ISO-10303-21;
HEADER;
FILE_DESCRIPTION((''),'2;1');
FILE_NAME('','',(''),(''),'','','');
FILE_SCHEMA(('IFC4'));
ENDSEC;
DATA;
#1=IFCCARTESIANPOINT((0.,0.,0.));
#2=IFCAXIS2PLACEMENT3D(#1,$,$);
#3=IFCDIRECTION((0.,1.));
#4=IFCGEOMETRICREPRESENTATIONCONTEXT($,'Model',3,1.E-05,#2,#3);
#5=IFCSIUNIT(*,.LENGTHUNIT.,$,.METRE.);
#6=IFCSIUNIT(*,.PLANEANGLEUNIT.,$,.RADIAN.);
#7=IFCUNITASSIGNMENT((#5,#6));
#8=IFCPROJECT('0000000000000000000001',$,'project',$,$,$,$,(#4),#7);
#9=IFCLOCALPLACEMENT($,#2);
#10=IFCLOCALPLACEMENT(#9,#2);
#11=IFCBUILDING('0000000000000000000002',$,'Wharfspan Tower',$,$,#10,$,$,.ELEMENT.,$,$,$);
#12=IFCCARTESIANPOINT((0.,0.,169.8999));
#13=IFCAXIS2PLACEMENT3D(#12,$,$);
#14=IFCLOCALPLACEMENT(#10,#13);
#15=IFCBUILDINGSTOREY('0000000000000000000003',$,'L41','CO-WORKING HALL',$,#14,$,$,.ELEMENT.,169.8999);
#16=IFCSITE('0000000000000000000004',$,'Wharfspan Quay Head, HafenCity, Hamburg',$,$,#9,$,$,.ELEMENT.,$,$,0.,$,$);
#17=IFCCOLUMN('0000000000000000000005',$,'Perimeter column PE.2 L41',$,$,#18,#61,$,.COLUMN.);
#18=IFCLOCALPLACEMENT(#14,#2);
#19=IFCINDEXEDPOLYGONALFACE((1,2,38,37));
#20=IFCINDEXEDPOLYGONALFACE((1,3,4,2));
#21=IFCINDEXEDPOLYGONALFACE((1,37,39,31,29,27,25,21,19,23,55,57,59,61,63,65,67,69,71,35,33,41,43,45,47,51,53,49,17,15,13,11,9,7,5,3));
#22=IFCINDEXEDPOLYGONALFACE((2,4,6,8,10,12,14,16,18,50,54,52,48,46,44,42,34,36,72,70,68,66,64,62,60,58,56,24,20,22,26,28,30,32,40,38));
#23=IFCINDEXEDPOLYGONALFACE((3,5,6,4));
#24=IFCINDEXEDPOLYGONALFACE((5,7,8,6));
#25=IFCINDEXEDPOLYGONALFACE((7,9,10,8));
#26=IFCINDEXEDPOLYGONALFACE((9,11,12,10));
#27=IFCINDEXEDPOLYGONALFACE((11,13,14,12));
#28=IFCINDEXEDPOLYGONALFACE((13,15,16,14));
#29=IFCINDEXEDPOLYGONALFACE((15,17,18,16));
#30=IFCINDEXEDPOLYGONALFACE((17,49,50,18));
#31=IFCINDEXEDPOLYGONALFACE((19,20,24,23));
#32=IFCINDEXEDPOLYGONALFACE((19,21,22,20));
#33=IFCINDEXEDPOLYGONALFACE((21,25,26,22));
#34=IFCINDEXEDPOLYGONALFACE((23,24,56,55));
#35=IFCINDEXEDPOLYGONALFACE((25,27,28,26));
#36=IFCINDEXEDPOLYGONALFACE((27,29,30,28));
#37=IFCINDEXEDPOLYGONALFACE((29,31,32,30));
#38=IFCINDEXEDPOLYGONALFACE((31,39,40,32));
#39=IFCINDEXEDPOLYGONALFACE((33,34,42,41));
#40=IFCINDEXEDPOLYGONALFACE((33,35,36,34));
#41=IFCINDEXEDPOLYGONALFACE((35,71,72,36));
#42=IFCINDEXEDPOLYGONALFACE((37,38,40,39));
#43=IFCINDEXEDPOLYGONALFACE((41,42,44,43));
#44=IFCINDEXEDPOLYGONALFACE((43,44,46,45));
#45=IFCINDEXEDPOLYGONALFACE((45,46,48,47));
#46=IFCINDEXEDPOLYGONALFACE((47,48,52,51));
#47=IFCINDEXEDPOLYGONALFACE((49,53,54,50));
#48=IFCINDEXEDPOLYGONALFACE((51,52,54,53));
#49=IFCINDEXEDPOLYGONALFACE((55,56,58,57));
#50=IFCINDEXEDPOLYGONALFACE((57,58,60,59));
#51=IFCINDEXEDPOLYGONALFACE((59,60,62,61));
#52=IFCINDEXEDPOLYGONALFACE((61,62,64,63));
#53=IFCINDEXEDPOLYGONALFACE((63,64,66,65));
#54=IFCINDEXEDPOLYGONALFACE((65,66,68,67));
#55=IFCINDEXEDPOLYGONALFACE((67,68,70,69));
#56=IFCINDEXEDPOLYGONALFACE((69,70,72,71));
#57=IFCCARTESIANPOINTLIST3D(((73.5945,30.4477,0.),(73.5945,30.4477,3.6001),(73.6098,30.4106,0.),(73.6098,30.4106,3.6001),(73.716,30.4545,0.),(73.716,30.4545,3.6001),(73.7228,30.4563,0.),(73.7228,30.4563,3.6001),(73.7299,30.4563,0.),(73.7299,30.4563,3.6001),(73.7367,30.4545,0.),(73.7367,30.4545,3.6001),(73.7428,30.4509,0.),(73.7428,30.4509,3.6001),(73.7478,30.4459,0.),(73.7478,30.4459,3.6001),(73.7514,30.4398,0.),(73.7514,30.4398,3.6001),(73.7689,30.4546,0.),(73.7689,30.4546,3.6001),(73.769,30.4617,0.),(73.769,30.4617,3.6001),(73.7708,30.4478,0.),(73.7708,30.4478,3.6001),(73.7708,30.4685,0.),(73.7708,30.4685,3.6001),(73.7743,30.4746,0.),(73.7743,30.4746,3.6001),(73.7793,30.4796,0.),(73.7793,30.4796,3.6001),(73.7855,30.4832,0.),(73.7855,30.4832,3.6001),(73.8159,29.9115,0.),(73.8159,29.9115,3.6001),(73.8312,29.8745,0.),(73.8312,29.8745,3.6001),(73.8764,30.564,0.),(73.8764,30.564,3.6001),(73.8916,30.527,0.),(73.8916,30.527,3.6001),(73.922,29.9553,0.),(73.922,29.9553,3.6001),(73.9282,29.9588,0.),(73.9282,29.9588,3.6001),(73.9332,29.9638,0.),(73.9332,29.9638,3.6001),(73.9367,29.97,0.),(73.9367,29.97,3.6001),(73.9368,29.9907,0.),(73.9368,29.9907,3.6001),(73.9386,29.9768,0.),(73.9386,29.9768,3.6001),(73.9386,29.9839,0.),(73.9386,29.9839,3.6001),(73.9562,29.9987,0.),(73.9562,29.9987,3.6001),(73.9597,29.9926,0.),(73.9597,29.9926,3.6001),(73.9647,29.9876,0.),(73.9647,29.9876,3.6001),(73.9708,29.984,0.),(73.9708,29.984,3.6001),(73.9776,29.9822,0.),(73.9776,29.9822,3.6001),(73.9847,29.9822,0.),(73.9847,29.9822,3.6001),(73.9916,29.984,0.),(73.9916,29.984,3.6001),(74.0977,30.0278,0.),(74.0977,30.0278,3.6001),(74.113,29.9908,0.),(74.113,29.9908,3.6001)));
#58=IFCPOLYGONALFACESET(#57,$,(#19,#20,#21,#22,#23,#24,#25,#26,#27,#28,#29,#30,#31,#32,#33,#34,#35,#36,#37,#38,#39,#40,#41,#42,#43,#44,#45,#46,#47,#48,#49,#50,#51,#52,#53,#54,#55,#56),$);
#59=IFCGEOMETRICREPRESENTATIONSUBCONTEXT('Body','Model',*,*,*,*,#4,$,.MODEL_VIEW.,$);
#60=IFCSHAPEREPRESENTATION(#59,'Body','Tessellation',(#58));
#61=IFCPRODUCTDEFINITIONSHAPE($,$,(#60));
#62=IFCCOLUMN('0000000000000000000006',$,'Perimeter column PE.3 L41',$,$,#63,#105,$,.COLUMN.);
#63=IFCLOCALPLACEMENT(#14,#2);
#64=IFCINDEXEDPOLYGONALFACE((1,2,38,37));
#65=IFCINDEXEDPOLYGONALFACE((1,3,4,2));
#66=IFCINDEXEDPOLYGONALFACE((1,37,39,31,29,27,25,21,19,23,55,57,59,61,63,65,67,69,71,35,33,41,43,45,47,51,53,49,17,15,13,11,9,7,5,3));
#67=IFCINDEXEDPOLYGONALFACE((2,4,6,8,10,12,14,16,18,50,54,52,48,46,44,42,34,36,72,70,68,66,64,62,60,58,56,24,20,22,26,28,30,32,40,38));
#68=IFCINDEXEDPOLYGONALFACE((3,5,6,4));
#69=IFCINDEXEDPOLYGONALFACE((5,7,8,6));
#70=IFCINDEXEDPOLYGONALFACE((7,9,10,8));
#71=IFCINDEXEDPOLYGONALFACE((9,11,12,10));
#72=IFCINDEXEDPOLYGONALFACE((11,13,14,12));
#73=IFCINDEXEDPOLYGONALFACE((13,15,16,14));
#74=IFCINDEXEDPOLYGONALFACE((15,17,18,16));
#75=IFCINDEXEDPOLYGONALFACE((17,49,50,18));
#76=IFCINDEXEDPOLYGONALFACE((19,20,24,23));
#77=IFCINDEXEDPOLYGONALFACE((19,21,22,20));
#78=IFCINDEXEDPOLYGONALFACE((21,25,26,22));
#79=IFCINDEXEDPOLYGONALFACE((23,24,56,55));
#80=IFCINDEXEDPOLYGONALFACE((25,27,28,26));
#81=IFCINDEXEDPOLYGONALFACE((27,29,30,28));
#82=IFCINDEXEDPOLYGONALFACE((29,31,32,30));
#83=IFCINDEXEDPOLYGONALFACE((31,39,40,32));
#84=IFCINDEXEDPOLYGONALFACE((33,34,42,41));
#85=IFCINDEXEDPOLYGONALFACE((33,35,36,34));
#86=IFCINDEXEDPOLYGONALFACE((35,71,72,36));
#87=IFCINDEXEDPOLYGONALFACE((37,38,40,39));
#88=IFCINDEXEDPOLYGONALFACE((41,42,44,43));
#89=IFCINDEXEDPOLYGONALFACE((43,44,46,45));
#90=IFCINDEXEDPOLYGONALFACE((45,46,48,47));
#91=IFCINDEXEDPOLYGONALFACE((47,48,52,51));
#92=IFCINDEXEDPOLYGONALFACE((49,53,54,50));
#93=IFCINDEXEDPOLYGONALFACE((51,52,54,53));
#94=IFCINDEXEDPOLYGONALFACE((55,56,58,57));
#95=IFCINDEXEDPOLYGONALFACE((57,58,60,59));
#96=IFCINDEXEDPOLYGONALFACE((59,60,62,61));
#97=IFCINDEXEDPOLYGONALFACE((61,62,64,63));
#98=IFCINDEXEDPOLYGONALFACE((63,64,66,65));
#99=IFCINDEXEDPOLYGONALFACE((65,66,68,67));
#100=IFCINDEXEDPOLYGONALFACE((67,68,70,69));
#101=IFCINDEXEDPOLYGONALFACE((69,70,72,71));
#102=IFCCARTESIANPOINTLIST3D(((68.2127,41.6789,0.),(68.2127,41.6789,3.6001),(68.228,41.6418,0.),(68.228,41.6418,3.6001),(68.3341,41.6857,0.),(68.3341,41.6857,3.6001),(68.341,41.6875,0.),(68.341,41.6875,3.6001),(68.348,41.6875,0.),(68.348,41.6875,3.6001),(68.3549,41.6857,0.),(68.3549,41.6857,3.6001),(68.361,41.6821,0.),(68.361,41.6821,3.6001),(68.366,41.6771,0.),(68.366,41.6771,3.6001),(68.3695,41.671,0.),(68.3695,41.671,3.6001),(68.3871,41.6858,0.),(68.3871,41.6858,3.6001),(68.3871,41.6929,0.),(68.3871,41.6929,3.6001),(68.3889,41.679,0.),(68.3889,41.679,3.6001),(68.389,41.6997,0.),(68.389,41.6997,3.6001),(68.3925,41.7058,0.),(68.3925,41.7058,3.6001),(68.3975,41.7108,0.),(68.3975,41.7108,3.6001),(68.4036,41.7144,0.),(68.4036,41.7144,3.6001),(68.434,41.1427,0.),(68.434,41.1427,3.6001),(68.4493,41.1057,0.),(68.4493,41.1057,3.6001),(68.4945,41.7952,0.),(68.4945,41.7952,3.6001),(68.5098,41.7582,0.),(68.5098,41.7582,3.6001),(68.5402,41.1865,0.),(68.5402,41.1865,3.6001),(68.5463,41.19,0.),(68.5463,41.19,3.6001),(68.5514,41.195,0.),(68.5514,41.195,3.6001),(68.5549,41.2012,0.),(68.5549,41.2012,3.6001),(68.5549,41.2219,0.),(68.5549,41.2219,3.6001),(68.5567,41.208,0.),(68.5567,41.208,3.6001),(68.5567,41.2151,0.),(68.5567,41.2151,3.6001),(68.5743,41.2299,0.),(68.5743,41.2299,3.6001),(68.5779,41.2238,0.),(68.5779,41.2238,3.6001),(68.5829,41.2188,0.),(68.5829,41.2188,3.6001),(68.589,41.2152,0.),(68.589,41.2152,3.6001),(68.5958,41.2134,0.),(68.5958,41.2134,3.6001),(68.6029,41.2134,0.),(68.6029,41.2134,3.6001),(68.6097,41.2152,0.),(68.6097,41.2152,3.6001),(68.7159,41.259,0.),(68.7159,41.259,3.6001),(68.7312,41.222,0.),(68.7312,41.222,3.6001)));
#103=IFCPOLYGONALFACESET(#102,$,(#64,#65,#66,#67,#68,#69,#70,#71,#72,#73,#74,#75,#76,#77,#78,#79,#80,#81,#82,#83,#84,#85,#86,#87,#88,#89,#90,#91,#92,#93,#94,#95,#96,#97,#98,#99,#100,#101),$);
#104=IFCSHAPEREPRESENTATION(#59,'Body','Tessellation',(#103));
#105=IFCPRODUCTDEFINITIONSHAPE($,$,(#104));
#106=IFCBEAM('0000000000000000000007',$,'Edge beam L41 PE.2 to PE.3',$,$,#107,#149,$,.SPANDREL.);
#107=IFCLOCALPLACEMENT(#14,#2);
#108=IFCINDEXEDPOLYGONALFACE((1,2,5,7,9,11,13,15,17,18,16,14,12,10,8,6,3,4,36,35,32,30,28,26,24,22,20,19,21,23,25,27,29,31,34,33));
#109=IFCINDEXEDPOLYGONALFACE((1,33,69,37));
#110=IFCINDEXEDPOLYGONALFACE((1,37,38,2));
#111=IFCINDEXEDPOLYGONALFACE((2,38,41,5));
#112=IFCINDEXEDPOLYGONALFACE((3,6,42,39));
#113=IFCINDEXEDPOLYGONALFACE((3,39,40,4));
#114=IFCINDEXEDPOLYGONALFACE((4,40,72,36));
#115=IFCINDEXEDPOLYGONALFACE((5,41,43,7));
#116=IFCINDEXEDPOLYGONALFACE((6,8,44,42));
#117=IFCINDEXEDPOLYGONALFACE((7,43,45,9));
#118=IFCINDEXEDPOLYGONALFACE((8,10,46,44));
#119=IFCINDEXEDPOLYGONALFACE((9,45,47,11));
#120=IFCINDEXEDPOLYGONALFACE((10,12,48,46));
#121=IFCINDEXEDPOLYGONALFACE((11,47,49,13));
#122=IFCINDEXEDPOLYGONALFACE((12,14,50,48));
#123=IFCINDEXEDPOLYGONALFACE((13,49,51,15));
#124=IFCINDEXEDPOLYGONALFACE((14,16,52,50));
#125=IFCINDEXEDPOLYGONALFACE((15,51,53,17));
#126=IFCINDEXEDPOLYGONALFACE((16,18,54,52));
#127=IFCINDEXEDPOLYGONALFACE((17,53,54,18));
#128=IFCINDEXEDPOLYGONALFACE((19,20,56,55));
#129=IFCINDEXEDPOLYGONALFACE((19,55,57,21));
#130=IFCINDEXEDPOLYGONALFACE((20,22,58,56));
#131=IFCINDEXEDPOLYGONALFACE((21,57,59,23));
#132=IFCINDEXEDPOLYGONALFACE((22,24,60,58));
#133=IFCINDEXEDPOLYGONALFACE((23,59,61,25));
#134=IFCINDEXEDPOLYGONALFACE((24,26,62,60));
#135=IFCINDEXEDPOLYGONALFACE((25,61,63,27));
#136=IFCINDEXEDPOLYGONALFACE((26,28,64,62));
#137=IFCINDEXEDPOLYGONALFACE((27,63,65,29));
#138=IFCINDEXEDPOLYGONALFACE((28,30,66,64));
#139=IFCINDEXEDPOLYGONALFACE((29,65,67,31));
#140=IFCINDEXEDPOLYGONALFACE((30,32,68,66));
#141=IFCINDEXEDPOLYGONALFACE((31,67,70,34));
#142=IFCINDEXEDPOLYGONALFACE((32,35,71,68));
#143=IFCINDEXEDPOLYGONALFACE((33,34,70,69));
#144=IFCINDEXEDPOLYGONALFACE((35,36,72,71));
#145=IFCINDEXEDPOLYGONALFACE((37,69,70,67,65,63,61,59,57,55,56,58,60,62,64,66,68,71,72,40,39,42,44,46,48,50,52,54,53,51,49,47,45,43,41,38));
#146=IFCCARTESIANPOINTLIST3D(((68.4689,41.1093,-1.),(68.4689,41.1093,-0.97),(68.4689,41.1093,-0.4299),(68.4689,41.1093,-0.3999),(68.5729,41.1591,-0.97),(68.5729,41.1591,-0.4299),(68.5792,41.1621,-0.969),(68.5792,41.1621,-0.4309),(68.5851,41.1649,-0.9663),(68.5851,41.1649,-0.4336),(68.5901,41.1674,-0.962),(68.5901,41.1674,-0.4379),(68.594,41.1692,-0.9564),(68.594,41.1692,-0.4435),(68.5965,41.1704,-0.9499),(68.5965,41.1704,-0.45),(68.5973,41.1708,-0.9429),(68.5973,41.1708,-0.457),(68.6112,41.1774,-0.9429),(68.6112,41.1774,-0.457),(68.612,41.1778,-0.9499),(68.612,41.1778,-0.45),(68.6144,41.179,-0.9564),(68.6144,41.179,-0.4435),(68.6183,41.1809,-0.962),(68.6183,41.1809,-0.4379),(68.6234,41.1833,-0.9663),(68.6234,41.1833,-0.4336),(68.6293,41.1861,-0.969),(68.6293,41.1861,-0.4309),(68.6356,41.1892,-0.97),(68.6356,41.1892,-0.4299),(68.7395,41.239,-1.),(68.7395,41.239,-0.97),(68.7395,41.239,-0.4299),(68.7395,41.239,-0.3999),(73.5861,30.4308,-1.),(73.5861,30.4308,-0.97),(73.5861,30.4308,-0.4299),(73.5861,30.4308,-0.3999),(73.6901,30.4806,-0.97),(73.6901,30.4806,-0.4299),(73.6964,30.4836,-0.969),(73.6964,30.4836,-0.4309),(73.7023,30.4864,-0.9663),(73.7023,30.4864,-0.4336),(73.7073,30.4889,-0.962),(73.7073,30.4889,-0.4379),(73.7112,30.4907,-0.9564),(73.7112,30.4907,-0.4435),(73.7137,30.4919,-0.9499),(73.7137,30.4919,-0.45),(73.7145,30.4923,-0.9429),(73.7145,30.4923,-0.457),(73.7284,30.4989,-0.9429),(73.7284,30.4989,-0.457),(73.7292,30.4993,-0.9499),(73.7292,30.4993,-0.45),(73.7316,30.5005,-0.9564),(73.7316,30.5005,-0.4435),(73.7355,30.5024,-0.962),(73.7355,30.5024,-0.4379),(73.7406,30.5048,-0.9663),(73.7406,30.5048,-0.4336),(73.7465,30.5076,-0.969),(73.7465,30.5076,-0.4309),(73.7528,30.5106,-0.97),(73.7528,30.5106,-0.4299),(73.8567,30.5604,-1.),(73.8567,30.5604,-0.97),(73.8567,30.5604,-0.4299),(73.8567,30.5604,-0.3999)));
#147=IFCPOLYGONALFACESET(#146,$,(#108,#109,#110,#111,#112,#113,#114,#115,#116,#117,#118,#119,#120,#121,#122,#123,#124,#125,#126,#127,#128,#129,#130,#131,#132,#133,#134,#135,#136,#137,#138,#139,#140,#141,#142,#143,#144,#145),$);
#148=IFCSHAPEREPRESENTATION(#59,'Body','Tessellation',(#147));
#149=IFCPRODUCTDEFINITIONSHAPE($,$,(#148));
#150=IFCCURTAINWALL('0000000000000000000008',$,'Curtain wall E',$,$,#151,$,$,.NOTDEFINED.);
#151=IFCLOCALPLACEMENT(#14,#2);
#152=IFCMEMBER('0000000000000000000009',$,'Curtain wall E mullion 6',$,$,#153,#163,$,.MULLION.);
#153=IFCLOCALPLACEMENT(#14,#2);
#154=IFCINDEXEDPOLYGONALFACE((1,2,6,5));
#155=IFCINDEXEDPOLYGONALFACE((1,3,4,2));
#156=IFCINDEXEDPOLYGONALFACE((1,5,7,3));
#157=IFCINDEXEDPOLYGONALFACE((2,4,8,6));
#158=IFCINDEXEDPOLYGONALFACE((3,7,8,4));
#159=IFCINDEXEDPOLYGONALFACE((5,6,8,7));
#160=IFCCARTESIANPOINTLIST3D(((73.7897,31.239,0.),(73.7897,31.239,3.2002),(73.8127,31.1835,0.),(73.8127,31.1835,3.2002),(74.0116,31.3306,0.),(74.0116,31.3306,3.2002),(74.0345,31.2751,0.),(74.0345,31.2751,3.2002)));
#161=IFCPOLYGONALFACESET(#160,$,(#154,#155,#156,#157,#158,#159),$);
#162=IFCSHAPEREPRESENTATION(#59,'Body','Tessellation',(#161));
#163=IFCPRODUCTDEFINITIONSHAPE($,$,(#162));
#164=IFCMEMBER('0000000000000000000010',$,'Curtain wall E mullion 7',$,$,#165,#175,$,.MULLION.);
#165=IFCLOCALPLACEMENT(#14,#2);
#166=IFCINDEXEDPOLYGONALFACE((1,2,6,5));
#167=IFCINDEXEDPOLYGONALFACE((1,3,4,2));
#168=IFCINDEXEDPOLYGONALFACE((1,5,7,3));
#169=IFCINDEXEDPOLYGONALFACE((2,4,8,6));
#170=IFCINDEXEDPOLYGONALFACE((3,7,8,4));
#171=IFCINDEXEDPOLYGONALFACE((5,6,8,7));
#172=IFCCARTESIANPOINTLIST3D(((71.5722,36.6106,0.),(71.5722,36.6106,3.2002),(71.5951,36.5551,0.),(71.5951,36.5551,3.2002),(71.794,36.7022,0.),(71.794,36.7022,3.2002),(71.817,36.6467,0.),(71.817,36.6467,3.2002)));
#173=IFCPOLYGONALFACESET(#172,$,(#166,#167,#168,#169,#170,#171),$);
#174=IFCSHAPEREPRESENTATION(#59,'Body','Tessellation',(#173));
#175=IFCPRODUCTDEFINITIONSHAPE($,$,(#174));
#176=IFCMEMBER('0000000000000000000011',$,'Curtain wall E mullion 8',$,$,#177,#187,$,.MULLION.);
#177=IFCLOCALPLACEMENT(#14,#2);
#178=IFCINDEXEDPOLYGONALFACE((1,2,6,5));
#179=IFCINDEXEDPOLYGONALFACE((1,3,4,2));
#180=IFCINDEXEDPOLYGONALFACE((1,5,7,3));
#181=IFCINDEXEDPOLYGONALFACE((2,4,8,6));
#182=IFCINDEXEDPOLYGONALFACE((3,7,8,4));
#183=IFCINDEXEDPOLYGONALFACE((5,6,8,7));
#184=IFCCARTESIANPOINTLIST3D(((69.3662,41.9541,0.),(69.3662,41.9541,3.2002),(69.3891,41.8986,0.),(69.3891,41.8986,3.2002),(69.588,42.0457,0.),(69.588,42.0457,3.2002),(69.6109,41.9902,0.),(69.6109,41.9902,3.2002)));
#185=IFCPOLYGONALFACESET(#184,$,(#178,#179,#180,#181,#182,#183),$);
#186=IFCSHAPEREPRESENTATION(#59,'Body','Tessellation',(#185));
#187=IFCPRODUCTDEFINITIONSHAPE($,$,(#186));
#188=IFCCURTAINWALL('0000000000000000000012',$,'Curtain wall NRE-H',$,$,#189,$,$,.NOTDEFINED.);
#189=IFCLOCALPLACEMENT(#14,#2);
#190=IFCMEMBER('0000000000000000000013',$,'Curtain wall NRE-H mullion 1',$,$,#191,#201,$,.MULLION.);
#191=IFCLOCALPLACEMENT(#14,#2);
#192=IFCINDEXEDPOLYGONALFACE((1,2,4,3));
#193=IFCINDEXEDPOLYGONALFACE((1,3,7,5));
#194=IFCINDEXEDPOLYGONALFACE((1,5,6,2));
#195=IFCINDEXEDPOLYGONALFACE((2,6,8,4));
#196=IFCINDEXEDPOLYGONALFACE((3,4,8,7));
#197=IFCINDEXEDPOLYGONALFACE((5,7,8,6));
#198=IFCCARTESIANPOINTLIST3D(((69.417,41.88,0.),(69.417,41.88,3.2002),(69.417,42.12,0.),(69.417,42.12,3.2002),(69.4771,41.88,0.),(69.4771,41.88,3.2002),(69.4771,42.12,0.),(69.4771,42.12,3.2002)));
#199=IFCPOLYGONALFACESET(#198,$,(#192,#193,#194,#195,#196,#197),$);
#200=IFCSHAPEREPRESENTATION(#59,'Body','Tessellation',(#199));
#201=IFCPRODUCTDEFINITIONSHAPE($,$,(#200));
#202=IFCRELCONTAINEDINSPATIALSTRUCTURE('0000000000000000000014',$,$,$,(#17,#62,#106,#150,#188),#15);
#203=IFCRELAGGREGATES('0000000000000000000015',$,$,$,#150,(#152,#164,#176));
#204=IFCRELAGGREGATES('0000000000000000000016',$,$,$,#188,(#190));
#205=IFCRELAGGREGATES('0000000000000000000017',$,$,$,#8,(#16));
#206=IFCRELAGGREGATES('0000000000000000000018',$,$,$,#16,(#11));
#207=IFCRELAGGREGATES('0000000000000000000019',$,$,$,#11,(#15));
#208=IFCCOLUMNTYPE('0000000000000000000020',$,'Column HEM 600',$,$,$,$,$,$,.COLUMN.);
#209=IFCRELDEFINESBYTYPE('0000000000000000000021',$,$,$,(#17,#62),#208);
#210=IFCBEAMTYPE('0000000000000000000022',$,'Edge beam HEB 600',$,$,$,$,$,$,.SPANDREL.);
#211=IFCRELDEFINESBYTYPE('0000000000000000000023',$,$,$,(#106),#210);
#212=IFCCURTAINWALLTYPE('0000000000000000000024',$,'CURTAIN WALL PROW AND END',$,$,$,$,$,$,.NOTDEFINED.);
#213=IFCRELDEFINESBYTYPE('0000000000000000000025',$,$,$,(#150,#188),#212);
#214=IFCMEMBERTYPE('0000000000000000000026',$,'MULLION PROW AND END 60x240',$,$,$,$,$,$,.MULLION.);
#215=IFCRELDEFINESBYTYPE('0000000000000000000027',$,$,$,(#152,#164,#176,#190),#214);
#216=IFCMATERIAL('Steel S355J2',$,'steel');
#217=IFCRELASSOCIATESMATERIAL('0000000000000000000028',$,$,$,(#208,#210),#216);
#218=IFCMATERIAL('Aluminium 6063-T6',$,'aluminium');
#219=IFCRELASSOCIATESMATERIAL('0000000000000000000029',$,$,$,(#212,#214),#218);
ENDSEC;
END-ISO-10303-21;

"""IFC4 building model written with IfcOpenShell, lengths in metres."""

from ifc_helpers import new_model, si_unit, direction, frame, origin, origin_2d, place, context, subcontext, project, spatial, rectangle, i_section, extrude, material, material_profile, profile_set, type_object, element, aggregate, save


model = new_model("IFC4")

# Units and contexts
model_context = context("Model", 3, precision=1e-05, world=origin(), true_north=direction((0.0, 1.0)))
body_context = subcontext(model_context, "Body", "Model", "MODEL_VIEW")
ifc_project = project(units=[si_unit("LENGTHUNIT", "METRE"), si_unit("PLANEANGLEUNIT", "RADIAN")], contexts=[model_context])

# Site, building, storey
site_placement = place(None, origin())
site = spatial("IfcSite", under=ifc_project, at=site_placement, Name="Wharfspan Quay Head, HafenCity, Hamburg", CompositionType="ELEMENT", RefElevation=0.0)
building_placement = place(site_placement, origin())
building = spatial("IfcBuilding", under=site, at=building_placement, Name="Wharfspan Tower", CompositionType="ELEMENT")
storey_placement = place(building_placement, frame((0.0, 0.0, 169.8999)))
storey = spatial("IfcBuildingStorey", under=building, at=storey_placement, Name="L41", Description="CO-WORKING HALL", CompositionType="ELEMENT", Elevation=169.8999)

# Columns
ifc_material_1 = material(Name="Steel S355J2", Category="steel")
ifc_material_profile_1 = material_profile(ifc_material_1, i_section(OverallWidth=0.3049, OverallDepth=0.6201, WebThickness=0.021, FlangeThickness=0.04, FilletRadius=0.0271, at=origin_2d()))
ifc_profile_set_1 = profile_set([ifc_material_profile_1], Name="Steel S355J2")
column_type = type_object("IfcColumnType", Name="Column HEM 600", PredefinedType="COLUMN", material=ifc_profile_set_1)
for number, where, z_axis, x_axis, name in (
    (1, (73.8538, 30.2192, 0.0), (0.0, 0.0, 1.0), (0.924325, 0.381602, 0.0), "Perimeter column PE.2 L41"),
    (2, (68.4719, 41.4504, 0.0), (0.0, 0.0, 1.0), (0.924325, 0.381602, 0.0), "Perimeter column PE.3 L41"),
):
    element("IfcColumn", number, at=place(storey_placement, frame(where, z_axis=z_axis, x_axis=x_axis)), inside=storey, type_object=column_type, Name=name, PredefinedType="COLUMN", context=body_context, shape_type="SweptSolid", body=[
        extrude(i_section(OverallWidth=0.3049, OverallDepth=0.6201, WebThickness=0.021, FlangeThickness=0.04, FilletRadius=0.0271, at=origin_2d()), origin(), (0.0, 0.0, 1.0), 3.6001),
    ])

# Beam
ifc_material_profile_2 = material_profile(ifc_material_1, i_section(OverallWidth=0.3, OverallDepth=0.6001, WebThickness=0.0154, FlangeThickness=0.03, FilletRadius=0.0271, at=origin_2d()))
ifc_profile_set_2 = profile_set([ifc_material_profile_2], Name="Steel S355J2")
beam_type = type_object("IfcBeamType", Name="Edge beam HEB 600", PredefinedType="SPANDREL", material=ifc_profile_set_2)
beam_placement = place(storey_placement, frame((73.7214, 30.4956, -0.7), z_axis=(-0.432149, 0.901802, 0.0), x_axis=(-0.901802, -0.432149, 0.0)))
element("IfcBeam", 3, at=beam_placement, inside=storey, type_object=beam_type, Name="Edge beam L41 PE.2 to PE.3", PredefinedType="SPANDREL", context=body_context, shape_type="SweptSolid", body=[
    extrude(i_section(OverallWidth=0.3, OverallDepth=0.6001, WebThickness=0.0154, FlangeThickness=0.03, FilletRadius=0.0271, at=origin_2d()), origin(), (0.0, 0.0, 1.0), 11.8413),
])

# Curtain walls, members
ifc_material_2 = material(Name="Aluminium 6063-T6", Category="aluminium")
curtain_wall_type = type_object("IfcCurtainWallType", Name="CURTAIN WALL PROW AND END", PredefinedType="NOTDEFINED", material=ifc_material_2)
curtain_wall_1_placement = place(storey_placement, origin())
curtain_wall_1 = element("IfcCurtainWall", 4, at=curtain_wall_1_placement, inside=storey, type_object=curtain_wall_type, Name="Curtain wall E", PredefinedType="NOTDEFINED")
ifc_material_profile_3 = material_profile(ifc_material_2, rectangle(XDim=0.24, YDim=0.0601, at=origin_2d()))
ifc_profile_set_3 = profile_set([ifc_material_profile_3], Name="Aluminium 6063-T6")
member_type_1 = type_object("IfcMemberType", Name="MULLION PROW AND END 60x240", PredefinedType="MULLION", material=ifc_profile_set_3)
member_1_placement = place(storey_placement, frame((73.9121, 31.2571, 0.0), z_axis=(0.0, 0.0, 1.0), x_axis=(-0.924325, -0.381602, 0.0)))
member_1 = element("IfcMember", 5, at=member_1_placement, type_object=member_type_1, Name="Curtain wall E mullion 6", PredefinedType="MULLION", context=body_context, shape_type="SweptSolid", body=[
    extrude(rectangle(XDim=0.24, YDim=0.0601, at=origin_2d()), origin(), (0.0, 0.0, 1.0), 3.2002),
])
member_2_placement = place(storey_placement, frame((71.6946, 36.6287, 0.0), z_axis=(0.0, 0.0, 1.0), x_axis=(-0.924325, -0.381602, 0.0)))
member_2 = element("IfcMember", 6, at=member_2_placement, type_object=member_type_1, Name="Curtain wall E mullion 7", PredefinedType="MULLION", context=body_context, shape_type="SweptSolid", body=[
    extrude(rectangle(XDim=0.24, YDim=0.0601, at=origin_2d()), origin(), (0.0, 0.0, 1.0), 3.2002),
])
member_3_placement = place(storey_placement, frame((69.4885, 41.9722, 0.0), z_axis=(0.0, 0.0, 1.0), x_axis=(-0.924325, -0.381602, 0.0)))
member_3 = element("IfcMember", 7, at=member_3_placement, type_object=member_type_1, Name="Curtain wall E mullion 8", PredefinedType="MULLION", context=body_context, shape_type="SweptSolid", body=[
    extrude(rectangle(XDim=0.24, YDim=0.0601, at=origin_2d()), origin(), (0.0, 0.0, 1.0), 3.2002),
])
curtain_wall_2_placement = place(storey_placement, origin())
curtain_wall_2 = element("IfcCurtainWall", 8, at=curtain_wall_2_placement, inside=storey, type_object=curtain_wall_type, Name="Curtain wall NRE-H", PredefinedType="NOTDEFINED")
member_4_placement = place(storey_placement, frame((69.447, 42.0, 0.0), z_axis=(0.0, 0.0, 1.0), x_axis=(0.0, -1.0, 0.0)))
member_4 = element("IfcMember", 9, at=member_4_placement, type_object=member_type_1, Name="Curtain wall NRE-H mullion 1", PredefinedType="MULLION", context=body_context, shape_type="SweptSolid", body=[
    extrude(rectangle(XDim=0.24, YDim=0.0601, at=origin_2d()), origin(), (0.0, 0.0, 1.0), 3.2002),
])

aggregate(curtain_wall_1, [member_1, member_2, member_3])
aggregate(curtain_wall_2, [member_4])

save(model, "model.ifc")
